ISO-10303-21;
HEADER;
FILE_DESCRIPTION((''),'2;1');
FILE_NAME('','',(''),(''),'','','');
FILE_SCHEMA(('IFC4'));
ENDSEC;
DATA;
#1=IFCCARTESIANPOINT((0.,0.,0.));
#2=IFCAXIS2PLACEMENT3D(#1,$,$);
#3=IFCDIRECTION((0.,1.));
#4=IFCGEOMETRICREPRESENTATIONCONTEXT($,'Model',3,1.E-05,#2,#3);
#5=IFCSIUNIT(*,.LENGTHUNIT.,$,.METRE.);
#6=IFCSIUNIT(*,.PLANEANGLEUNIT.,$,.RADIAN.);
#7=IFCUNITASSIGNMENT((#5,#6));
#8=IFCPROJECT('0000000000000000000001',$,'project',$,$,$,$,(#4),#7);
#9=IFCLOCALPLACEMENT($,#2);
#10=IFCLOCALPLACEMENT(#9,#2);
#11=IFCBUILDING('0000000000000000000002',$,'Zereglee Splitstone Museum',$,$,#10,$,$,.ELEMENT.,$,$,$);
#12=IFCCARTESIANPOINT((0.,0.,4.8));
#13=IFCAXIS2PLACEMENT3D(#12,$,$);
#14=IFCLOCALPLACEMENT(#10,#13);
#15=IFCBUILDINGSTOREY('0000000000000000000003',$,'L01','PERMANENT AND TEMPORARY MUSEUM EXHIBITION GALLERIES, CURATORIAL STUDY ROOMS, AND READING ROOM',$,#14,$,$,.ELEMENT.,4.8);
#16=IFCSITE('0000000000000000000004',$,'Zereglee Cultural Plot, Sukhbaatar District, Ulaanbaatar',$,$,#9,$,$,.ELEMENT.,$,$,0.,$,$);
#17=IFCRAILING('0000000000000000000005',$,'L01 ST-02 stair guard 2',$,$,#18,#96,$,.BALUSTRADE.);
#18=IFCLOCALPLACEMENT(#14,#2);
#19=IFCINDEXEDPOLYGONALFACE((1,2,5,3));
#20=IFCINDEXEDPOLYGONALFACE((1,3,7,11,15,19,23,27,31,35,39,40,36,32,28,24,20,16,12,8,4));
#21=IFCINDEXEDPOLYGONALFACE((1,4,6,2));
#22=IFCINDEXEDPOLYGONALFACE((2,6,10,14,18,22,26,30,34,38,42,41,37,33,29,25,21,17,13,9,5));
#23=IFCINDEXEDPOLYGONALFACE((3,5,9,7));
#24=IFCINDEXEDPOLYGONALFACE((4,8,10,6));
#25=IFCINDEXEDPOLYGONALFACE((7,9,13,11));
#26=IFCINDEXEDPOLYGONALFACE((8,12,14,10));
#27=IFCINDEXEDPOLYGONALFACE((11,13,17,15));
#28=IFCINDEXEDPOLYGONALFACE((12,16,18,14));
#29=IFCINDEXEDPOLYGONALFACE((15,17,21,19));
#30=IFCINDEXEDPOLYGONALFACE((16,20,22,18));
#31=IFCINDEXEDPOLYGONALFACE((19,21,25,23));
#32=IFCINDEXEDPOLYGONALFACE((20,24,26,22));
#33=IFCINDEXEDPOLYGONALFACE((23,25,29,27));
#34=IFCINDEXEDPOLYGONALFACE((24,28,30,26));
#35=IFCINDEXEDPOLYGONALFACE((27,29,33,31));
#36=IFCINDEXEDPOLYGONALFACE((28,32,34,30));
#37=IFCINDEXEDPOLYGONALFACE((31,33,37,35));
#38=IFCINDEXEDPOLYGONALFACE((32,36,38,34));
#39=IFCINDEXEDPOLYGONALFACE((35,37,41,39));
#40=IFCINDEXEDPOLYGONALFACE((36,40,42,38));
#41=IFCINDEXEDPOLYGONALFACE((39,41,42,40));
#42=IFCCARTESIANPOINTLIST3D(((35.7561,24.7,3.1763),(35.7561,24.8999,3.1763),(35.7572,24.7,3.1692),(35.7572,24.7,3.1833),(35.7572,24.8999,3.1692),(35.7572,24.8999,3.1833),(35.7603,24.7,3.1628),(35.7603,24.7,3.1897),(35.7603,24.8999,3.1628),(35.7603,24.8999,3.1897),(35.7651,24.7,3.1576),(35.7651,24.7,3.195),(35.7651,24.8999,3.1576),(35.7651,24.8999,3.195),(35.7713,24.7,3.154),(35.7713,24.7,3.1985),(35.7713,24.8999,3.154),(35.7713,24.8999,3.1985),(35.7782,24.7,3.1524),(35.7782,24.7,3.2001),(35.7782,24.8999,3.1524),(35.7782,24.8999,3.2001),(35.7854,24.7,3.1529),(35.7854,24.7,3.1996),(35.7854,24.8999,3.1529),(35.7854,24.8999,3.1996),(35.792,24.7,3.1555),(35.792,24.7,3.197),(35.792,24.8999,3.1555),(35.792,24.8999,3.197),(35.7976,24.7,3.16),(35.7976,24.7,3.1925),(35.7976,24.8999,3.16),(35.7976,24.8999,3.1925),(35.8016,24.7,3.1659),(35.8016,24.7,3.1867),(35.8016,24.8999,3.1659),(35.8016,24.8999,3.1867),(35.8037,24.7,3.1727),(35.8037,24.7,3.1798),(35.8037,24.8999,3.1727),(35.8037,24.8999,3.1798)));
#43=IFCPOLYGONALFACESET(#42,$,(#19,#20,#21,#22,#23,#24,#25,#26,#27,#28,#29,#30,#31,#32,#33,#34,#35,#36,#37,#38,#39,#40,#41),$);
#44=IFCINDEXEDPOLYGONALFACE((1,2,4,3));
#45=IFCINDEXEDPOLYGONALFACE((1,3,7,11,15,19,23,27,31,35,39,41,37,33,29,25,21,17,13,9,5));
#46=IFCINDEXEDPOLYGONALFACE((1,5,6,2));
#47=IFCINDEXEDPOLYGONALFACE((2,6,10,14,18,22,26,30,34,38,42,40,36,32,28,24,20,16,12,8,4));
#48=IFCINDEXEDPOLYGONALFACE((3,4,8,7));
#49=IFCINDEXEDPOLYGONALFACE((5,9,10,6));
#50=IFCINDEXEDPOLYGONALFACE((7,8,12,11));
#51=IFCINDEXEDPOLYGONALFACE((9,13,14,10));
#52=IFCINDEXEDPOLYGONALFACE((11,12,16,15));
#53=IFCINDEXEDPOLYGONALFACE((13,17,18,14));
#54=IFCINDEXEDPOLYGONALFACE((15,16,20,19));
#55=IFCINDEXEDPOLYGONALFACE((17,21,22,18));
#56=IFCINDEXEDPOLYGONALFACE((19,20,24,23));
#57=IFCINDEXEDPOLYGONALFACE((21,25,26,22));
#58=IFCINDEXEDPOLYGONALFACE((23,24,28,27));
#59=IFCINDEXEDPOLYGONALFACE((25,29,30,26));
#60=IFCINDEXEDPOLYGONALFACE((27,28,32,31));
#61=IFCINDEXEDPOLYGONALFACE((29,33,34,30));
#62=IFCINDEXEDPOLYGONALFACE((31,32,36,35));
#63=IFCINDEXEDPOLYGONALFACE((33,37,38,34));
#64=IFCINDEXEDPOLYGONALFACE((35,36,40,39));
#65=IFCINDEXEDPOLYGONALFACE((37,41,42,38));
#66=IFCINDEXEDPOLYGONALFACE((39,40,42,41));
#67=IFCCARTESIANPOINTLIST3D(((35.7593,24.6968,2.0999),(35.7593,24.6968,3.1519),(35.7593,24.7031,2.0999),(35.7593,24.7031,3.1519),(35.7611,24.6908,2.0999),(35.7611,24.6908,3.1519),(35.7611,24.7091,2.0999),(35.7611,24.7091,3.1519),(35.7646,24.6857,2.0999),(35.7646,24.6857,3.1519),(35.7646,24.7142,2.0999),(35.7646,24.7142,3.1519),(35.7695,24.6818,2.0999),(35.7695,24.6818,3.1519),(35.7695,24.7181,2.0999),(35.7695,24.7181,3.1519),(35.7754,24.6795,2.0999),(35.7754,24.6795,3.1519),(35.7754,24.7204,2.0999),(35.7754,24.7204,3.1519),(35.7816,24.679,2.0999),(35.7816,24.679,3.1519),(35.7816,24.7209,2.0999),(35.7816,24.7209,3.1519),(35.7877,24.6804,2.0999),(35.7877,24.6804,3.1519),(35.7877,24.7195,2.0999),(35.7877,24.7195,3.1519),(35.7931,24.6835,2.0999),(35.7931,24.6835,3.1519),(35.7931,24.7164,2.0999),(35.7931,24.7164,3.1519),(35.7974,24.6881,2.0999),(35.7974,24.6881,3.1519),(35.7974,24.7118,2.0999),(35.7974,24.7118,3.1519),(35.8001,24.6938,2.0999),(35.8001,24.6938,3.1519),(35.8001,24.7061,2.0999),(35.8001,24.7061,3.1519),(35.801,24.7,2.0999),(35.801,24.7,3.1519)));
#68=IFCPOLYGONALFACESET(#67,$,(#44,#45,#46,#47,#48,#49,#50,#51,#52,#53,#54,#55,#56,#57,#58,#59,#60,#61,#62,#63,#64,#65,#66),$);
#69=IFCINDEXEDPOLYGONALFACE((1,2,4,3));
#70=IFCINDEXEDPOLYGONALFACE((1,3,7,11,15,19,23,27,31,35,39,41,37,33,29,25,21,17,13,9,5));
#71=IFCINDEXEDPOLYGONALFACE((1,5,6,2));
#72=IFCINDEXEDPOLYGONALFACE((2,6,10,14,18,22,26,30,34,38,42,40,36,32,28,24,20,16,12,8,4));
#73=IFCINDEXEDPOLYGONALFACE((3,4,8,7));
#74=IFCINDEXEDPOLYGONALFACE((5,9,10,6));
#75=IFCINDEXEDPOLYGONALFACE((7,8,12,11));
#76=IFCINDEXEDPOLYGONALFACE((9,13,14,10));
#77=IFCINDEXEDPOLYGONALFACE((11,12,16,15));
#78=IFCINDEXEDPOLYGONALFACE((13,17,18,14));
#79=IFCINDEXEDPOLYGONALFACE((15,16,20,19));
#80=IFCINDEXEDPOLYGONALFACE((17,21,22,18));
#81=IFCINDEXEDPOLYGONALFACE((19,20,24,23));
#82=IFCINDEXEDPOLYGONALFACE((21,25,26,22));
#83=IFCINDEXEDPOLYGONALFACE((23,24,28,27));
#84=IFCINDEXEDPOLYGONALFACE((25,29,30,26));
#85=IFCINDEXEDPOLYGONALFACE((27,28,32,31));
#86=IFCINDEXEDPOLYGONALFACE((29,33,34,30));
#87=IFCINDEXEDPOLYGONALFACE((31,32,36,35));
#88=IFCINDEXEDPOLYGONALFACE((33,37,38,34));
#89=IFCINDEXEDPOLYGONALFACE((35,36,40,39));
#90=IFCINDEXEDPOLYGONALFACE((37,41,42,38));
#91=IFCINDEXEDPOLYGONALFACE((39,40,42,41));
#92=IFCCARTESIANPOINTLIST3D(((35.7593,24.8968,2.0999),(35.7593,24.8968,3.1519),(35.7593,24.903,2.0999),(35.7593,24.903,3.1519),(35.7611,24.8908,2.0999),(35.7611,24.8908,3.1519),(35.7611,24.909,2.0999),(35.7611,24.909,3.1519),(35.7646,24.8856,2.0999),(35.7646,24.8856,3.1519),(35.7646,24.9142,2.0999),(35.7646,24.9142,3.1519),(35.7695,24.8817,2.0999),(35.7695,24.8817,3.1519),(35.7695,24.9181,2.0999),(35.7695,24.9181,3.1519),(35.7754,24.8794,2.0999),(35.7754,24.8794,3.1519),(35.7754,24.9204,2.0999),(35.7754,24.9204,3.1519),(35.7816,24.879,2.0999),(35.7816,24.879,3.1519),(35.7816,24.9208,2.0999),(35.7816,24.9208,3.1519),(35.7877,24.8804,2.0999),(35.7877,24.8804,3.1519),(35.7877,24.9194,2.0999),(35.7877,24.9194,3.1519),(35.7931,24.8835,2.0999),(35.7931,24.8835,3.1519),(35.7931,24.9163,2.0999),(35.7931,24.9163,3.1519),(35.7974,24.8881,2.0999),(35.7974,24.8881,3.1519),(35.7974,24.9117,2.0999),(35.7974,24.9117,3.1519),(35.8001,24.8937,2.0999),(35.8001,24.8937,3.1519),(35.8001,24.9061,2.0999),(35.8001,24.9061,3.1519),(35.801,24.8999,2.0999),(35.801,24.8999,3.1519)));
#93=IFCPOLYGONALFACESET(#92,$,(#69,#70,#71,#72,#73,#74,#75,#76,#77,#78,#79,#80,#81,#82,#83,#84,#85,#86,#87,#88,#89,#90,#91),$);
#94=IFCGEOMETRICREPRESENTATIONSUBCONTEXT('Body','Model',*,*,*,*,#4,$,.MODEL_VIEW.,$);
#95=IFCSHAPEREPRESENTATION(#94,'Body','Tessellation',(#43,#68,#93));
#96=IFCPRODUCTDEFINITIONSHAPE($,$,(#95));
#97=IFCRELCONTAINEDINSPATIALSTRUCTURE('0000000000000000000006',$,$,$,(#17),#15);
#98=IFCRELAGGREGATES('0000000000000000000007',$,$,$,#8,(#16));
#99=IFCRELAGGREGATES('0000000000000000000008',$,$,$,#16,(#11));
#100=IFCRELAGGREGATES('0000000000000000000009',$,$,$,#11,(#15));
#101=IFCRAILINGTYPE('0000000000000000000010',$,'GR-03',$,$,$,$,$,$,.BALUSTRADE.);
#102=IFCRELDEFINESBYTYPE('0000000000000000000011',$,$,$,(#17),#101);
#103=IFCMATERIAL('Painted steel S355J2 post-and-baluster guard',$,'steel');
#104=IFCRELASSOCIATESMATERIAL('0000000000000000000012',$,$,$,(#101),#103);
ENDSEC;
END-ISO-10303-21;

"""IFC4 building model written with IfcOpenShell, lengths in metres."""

from ifc_helpers import new_model, si_unit, direction, frame, origin, origin_2d, place, context, subcontext, project, spatial, circle, extrude, material, type_object, element, save


model = new_model("IFC4")

# Units and contexts
model_context = context("Model", 3, precision=1e-05, world=origin(), true_north=direction((0.0, 1.0)))
body_context = subcontext(model_context, "Body", "Model", "MODEL_VIEW")
ifc_project = project(units=[si_unit("LENGTHUNIT", "METRE"), si_unit("PLANEANGLEUNIT", "RADIAN")], contexts=[model_context])

# Site, building, storey
site_placement = place(None, origin())
site = spatial("IfcSite", under=ifc_project, at=site_placement, Name="Zereglee Cultural Plot, Sukhbaatar District, Ulaanbaatar", CompositionType="ELEMENT", RefElevation=0.0)
building_placement = place(site_placement, origin())
building = spatial("IfcBuilding", under=site, at=building_placement, Name="Zereglee Splitstone Museum", CompositionType="ELEMENT")
storey_placement = place(building_placement, frame((0.0, 0.0, 4.8)))
storey = spatial("IfcBuildingStorey", under=building, at=storey_placement, Name="L01", Description="PERMANENT AND TEMPORARY MUSEUM EXHIBITION GALLERIES, CURATORIAL STUDY ROOMS, AND READING ROOM", CompositionType="ELEMENT", Elevation=4.8)

# Railing
ifc_material_1 = material(Name="Painted steel S355J2 post-and-baluster guard", Category="steel")
railing_type_1 = type_object("IfcRailingType", Name="GR-03", PredefinedType="BALUSTRADE", material=ifc_material_1)
railing_1_placement = place(storey_placement, frame((35.78, 24.7, 2.0999)))
element("IfcRailing", 1, at=railing_1_placement, inside=storey, type_object=railing_type_1, Name="L01 ST-02 stair guard 2", PredefinedType="BALUSTRADE", context=body_context, shape_type="SweptSolid", body=[
    extrude(circle(Radius=0.0239, at=origin_2d()), frame((0.0, 0.0, 1.0764), z_axis=(0.0, 1.0, 0.0), x_axis=(-1.0, 0.0, 0.0)), (0.0, 0.0, 1.0), 0.2),
    extrude(circle(Radius=0.021, at=origin_2d()), origin(), (0.0, 0.0, 1.0), 1.052),
    extrude(circle(Radius=0.021, at=origin_2d()), frame((0.0, 0.2, 0.0)), (0.0, 0.0, 1.0), 1.052),
])

save(model, "model.ifc")
